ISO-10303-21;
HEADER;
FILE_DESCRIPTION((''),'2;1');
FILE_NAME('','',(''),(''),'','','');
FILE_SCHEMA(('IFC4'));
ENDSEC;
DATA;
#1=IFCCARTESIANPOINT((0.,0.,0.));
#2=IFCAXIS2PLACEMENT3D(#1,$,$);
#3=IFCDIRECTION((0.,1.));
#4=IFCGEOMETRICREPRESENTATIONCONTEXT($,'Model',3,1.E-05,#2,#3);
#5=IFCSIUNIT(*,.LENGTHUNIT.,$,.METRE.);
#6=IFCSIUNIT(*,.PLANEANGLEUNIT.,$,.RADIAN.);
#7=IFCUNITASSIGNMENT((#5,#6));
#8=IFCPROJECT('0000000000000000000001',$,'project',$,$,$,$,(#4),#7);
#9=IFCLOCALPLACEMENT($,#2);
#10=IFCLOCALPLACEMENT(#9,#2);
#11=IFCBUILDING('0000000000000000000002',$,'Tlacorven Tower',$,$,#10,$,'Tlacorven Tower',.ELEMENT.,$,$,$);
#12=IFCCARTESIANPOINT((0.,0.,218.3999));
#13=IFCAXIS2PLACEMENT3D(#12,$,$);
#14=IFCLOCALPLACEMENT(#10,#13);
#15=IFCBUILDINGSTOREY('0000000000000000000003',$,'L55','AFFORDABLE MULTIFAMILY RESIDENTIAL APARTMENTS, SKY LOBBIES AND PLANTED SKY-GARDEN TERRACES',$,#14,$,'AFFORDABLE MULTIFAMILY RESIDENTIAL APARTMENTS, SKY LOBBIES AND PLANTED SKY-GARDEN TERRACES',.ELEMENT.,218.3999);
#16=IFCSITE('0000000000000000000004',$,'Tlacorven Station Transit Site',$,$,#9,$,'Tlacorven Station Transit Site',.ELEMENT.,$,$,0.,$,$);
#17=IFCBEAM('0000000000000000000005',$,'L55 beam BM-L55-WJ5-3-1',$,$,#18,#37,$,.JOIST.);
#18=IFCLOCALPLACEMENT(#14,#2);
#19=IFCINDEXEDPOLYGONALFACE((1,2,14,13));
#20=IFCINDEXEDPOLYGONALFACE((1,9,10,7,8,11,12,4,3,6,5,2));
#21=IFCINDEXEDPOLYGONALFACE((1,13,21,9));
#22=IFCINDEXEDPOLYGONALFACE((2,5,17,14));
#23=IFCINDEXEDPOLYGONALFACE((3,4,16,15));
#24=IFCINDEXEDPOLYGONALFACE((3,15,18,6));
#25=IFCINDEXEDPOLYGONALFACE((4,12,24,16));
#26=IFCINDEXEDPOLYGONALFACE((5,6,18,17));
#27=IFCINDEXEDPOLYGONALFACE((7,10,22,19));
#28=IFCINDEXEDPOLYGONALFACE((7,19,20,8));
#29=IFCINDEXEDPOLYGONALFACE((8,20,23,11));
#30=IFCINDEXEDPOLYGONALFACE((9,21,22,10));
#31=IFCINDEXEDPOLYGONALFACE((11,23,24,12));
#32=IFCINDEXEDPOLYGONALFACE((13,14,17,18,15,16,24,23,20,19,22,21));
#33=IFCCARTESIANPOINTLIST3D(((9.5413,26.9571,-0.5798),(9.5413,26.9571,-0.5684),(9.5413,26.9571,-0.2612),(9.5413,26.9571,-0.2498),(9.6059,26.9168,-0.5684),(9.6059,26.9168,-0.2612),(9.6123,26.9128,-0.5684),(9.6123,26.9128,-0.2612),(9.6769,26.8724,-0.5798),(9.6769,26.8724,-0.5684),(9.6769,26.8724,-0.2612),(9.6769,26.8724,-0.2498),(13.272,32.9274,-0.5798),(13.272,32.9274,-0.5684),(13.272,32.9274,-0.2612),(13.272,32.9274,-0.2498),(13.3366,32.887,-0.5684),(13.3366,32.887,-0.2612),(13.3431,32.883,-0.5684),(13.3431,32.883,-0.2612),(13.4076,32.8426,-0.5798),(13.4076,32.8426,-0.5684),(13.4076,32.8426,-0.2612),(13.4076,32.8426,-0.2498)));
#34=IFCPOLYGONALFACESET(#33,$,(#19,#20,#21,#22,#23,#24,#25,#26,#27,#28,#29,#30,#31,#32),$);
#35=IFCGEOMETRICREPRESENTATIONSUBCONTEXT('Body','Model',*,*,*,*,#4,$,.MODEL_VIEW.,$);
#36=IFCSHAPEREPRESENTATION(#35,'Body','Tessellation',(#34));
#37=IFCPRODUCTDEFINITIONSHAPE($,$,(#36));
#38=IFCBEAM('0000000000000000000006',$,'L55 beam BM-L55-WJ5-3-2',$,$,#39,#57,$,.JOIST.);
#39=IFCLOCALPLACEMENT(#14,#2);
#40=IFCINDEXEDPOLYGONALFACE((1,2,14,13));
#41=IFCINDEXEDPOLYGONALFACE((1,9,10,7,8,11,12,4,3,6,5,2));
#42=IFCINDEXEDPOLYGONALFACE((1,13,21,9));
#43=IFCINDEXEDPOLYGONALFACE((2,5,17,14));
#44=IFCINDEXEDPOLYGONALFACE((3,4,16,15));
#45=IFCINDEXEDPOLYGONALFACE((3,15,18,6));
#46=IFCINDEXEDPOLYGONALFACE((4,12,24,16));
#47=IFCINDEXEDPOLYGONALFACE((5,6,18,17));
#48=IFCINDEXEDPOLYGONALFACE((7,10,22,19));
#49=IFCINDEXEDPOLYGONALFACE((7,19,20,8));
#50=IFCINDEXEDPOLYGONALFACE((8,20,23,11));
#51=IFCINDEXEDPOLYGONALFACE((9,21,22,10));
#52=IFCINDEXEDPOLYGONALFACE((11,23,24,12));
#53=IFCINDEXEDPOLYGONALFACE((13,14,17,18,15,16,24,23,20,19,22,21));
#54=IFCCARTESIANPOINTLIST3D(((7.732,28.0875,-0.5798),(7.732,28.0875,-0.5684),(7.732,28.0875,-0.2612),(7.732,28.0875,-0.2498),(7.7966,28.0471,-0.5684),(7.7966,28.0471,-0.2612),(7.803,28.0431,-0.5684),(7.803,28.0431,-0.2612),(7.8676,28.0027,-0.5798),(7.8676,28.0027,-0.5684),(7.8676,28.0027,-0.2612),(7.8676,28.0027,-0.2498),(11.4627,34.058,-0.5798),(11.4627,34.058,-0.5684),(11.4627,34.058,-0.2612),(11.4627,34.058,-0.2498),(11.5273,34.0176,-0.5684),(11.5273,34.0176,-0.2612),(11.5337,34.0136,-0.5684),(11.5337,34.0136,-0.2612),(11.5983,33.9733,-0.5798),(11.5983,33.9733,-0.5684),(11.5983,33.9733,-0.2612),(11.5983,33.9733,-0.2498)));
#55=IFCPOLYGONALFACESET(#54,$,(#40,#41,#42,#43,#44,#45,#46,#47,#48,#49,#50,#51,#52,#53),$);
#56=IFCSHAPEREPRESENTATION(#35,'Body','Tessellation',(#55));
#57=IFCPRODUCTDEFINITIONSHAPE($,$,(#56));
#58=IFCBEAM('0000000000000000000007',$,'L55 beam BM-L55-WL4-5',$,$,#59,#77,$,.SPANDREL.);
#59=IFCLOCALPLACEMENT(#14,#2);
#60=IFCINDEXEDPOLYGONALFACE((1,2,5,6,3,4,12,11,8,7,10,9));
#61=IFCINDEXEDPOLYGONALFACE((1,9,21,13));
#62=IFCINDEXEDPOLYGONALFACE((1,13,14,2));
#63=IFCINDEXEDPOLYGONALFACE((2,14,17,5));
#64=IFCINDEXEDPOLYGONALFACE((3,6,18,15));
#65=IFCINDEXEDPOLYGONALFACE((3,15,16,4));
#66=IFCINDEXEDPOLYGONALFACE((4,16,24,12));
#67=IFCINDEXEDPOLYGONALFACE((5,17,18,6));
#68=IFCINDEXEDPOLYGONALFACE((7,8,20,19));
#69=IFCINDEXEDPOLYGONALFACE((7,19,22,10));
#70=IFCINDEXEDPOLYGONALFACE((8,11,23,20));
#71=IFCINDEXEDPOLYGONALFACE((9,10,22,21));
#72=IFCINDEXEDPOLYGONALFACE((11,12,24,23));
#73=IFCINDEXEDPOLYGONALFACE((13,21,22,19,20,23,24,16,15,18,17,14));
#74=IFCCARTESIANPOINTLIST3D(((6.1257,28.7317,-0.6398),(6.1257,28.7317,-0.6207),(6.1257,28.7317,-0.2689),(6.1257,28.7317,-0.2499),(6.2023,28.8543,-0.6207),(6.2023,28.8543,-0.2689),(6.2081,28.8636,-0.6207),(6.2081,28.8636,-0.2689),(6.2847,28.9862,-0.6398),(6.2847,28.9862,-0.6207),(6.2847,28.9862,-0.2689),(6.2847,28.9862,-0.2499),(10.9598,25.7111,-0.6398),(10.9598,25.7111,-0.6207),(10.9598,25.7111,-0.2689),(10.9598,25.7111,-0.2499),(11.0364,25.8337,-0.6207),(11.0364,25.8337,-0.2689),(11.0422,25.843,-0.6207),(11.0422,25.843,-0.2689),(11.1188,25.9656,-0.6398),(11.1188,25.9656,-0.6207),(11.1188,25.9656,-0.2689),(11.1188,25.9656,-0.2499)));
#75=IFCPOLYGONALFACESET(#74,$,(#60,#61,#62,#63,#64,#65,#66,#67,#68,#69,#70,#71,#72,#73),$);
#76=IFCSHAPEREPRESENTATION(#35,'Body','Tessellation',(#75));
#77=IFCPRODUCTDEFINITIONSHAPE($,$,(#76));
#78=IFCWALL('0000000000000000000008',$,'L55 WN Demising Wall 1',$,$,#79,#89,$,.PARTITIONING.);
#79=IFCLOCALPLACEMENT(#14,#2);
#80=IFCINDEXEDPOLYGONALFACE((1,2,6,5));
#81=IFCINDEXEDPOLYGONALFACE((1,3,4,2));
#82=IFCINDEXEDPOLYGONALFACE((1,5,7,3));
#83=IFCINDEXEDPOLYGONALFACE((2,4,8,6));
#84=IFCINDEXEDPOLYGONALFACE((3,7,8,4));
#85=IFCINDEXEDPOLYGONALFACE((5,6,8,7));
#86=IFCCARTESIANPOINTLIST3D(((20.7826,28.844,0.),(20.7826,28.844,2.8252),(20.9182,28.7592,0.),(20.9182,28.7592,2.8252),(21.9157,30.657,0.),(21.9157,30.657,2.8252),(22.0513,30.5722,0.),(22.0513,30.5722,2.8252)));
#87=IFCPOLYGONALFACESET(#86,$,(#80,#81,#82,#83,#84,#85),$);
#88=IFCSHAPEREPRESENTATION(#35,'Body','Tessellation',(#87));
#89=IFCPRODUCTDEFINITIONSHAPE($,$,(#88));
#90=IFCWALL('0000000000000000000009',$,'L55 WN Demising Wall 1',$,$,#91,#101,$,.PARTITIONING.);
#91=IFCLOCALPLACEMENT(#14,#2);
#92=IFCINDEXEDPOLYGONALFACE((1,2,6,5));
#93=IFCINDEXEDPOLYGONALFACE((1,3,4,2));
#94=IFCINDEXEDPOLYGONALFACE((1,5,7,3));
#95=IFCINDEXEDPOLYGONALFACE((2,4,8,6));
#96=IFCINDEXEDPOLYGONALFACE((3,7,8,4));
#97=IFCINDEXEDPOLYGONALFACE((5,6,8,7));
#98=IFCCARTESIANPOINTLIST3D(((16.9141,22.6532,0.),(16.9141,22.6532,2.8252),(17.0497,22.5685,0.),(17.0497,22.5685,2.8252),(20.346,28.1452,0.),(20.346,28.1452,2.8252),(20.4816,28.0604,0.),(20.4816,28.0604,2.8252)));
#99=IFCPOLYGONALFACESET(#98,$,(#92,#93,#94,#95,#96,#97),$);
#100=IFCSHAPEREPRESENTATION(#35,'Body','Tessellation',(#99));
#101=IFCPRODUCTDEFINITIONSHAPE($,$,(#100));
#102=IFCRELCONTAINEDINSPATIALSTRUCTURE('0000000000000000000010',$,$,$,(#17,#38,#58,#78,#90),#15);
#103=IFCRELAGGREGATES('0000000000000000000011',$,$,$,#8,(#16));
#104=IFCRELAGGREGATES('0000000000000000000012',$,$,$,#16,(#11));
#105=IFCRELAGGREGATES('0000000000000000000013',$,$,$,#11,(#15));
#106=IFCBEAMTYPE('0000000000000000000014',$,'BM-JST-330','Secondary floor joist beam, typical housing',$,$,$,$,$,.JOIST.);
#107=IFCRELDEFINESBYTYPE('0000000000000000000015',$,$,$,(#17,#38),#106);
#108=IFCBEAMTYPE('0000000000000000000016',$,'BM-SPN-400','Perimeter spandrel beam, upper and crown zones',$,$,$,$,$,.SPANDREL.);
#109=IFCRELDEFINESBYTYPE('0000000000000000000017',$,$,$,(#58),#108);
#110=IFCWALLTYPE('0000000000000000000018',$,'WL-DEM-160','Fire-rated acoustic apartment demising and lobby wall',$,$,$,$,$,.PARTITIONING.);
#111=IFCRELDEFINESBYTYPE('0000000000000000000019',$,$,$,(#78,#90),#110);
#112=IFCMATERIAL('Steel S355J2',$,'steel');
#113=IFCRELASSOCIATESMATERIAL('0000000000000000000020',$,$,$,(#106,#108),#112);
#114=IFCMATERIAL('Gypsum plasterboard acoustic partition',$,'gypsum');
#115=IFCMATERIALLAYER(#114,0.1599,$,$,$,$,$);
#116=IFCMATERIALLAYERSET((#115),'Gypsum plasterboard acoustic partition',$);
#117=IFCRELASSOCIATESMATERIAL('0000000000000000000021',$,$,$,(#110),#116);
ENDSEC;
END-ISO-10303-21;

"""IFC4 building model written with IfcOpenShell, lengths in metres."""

from ifc_helpers import new_model, si_unit, direction, frame, frame_2d, origin, origin_2d, place, context, subcontext, project, spatial, rectangle, i_section, extrude, source, transform, mapped, material, layer, layer_set, material_profile, profile_set, type_object, element, save


model = new_model("IFC4")

# Units and contexts
model_context = context("Model", 3, precision=1e-05, world=origin(), true_north=direction((0.0, 1.0)))
body_context = subcontext(model_context, "Body", "Model", "MODEL_VIEW")
ifc_project = project(units=[si_unit("LENGTHUNIT", "METRE"), si_unit("PLANEANGLEUNIT", "RADIAN")], contexts=[model_context])

# Site, building, storey
site_placement = place(None, origin())
site = spatial("IfcSite", under=ifc_project, at=site_placement, Name="Tlacorven Station Transit Site", LongName="Tlacorven Station Transit Site", CompositionType="ELEMENT", RefElevation=0.0)
building_placement = place(site_placement, origin())
building = spatial("IfcBuilding", under=site, at=building_placement, Name="Tlacorven Tower", LongName="Tlacorven Tower", CompositionType="ELEMENT")
storey_placement = place(building_placement, frame((0.0, 0.0, 218.3999)))
storey = spatial("IfcBuildingStorey", under=building, at=storey_placement, Name="L55", Description="AFFORDABLE MULTIFAMILY RESIDENTIAL APARTMENTS, SKY LOBBIES AND PLANTED SKY-GARDEN TERRACES", LongName="AFFORDABLE MULTIFAMILY RESIDENTIAL APARTMENTS, SKY LOBBIES AND PLANTED SKY-GARDEN TERRACES", CompositionType="ELEMENT", Elevation=218.3999)

# Beams
ifc_material_1 = material(Name="Steel S355J2", Category="steel")
ifc_material_profile_1 = material_profile(ifc_material_1, i_section(OverallWidth=0.1599, OverallDepth=0.3301, WebThickness=0.0076, FlangeThickness=0.0115, at=origin_2d()), Name="IPE 330")
ifc_profile_set_1 = profile_set([ifc_material_profile_1], Name="Steel S355J2")
beam_type_1 = type_object("IfcBeamType", Name="BM-JST-330", Description="Secondary floor joist beam, typical housing", PredefinedType="JOIST", material=ifc_profile_set_1)
shared_shape_1 = source(origin(), body_context, "Body", "SweptSolid", [
    extrude(i_section(OverallWidth=0.1599, OverallDepth=0.3301, WebThickness=0.0076, FlangeThickness=0.0115, at=origin_2d()), origin(), (0.0, 0.0, 1.0), 7.04),
])
for number, where, z_axis, x_axis, name in (
    (1, (13.3398, 32.885, -0.4148), (-0.52993, -0.848041, 0.0), (0.848041, -0.52993, 0.0), "L55 beam BM-L55-WJ5-3-1"),
):
    element("IfcBeam", number, at=place(storey_placement, frame(where, z_axis=z_axis, x_axis=x_axis)), inside=storey, type_object=beam_type_1, Name=name, PredefinedType="JOIST", context=body_context, shape_type="MappedRepresentation", body=[
        mapped(shared_shape_1, transform((0.0, 0.0, 0.0), scale=1.0)),
    ])
shared_shape_2 = source(origin(), body_context, "Body", "SweptSolid", [
    extrude(i_section(OverallWidth=0.1599, OverallDepth=0.3301, WebThickness=0.0076, FlangeThickness=0.0115, at=origin_2d()), origin(), (0.0, 0.0, 1.0), 7.0403),
])
beam_1_placement = place(storey_placement, frame((11.5305, 34.0156, -0.4148), z_axis=(-0.529915, -0.848051, 0.0), x_axis=(0.848051, -0.529915, 0.0)))
element("IfcBeam", 2, at=beam_1_placement, inside=storey, type_object=beam_type_1, Name="L55 beam BM-L55-WJ5-3-2", PredefinedType="JOIST", context=body_context, shape_type="MappedRepresentation", body=[
    mapped(shared_shape_2, transform((0.0, 0.0, 0.0), scale=1.0)),
])
ifc_material_profile_2 = material_profile(ifc_material_1, i_section(OverallWidth=0.3, OverallDepth=0.3899, WebThickness=0.011, FlangeThickness=0.019, at=origin_2d()), Name="HEA 400")
ifc_profile_set_2 = profile_set([ifc_material_profile_2], Name="Steel S355J2")
beam_type_2 = type_object("IfcBeamType", Name="BM-SPN-400", Description="Perimeter spandrel beam, upper and crown zones", PredefinedType="SPANDREL", material=ifc_profile_set_2)
shared_shape_3 = source(origin(), body_context, "Body", "SweptSolid", [
    extrude(i_section(OverallWidth=0.3, OverallDepth=0.3899, WebThickness=0.011, FlangeThickness=0.019, at=origin_2d()), origin(), (0.0, 0.0, 1.0), 5.7002),
])
beam_2_placement = place(storey_placement, frame((11.0393, 25.8384, -0.4448), z_axis=(-0.848056, 0.529907, 0.0), x_axis=(-0.529907, -0.848056, 0.0)))
element("IfcBeam", 3, at=beam_2_placement, inside=storey, type_object=beam_type_2, Name="L55 beam BM-L55-WL4-5", PredefinedType="SPANDREL", context=body_context, shape_type="MappedRepresentation", body=[
    mapped(shared_shape_3, transform((0.0, 0.0, 0.0), scale=1.0)),
])

# Walls
ifc_material_2 = material(Name="Gypsum plasterboard acoustic partition", Category="gypsum")
ifc_layer_1 = layer(ifc_material_2, 0.1599)
ifc_layer_set_1 = layer_set([ifc_layer_1], Name="Gypsum plasterboard acoustic partition")
wall_type_1 = type_object("IfcWallType", Name="WL-DEM-160", Description="Fire-rated acoustic apartment demising and lobby wall", PredefinedType="PARTITIONING", material=ifc_layer_set_1)
wall_1_placement = place(storey_placement, frame((21.9834, 30.6145, 0.0), z_axis=(0.0, 0.0, 1.0), x_axis=(-0.529978, -0.848011, 0.0)))
element("IfcWall", 4, at=wall_1_placement, inside=storey, type_object=wall_type_1, Name="L55 WN Demising Wall 1", PredefinedType="PARTITIONING", context=body_context, shape_type="SweptSolid", body=[
    extrude(rectangle(XDim=2.1379, YDim=0.1599, at=frame_2d((1.0688, 0.0))), origin(), (0.0, 0.0, 1.0), 2.8252),
])
wall_2_placement = place(storey_placement, frame((20.4138, 28.1028, 0.0), z_axis=(0.0, 0.0, 1.0), x_axis=(-0.529935, -0.848039, 0.0)))
element("IfcWall", 5, at=wall_2_placement, inside=storey, type_object=wall_type_1, Name="L55 WN Demising Wall 1", PredefinedType="PARTITIONING", context=body_context, shape_type="SweptSolid", body=[
    extrude(rectangle(XDim=6.4761, YDim=0.1599, at=frame_2d((3.238, 0.0))), origin(), (0.0, 0.0, 1.0), 2.8252),
])

save(model, "model.ifc")
